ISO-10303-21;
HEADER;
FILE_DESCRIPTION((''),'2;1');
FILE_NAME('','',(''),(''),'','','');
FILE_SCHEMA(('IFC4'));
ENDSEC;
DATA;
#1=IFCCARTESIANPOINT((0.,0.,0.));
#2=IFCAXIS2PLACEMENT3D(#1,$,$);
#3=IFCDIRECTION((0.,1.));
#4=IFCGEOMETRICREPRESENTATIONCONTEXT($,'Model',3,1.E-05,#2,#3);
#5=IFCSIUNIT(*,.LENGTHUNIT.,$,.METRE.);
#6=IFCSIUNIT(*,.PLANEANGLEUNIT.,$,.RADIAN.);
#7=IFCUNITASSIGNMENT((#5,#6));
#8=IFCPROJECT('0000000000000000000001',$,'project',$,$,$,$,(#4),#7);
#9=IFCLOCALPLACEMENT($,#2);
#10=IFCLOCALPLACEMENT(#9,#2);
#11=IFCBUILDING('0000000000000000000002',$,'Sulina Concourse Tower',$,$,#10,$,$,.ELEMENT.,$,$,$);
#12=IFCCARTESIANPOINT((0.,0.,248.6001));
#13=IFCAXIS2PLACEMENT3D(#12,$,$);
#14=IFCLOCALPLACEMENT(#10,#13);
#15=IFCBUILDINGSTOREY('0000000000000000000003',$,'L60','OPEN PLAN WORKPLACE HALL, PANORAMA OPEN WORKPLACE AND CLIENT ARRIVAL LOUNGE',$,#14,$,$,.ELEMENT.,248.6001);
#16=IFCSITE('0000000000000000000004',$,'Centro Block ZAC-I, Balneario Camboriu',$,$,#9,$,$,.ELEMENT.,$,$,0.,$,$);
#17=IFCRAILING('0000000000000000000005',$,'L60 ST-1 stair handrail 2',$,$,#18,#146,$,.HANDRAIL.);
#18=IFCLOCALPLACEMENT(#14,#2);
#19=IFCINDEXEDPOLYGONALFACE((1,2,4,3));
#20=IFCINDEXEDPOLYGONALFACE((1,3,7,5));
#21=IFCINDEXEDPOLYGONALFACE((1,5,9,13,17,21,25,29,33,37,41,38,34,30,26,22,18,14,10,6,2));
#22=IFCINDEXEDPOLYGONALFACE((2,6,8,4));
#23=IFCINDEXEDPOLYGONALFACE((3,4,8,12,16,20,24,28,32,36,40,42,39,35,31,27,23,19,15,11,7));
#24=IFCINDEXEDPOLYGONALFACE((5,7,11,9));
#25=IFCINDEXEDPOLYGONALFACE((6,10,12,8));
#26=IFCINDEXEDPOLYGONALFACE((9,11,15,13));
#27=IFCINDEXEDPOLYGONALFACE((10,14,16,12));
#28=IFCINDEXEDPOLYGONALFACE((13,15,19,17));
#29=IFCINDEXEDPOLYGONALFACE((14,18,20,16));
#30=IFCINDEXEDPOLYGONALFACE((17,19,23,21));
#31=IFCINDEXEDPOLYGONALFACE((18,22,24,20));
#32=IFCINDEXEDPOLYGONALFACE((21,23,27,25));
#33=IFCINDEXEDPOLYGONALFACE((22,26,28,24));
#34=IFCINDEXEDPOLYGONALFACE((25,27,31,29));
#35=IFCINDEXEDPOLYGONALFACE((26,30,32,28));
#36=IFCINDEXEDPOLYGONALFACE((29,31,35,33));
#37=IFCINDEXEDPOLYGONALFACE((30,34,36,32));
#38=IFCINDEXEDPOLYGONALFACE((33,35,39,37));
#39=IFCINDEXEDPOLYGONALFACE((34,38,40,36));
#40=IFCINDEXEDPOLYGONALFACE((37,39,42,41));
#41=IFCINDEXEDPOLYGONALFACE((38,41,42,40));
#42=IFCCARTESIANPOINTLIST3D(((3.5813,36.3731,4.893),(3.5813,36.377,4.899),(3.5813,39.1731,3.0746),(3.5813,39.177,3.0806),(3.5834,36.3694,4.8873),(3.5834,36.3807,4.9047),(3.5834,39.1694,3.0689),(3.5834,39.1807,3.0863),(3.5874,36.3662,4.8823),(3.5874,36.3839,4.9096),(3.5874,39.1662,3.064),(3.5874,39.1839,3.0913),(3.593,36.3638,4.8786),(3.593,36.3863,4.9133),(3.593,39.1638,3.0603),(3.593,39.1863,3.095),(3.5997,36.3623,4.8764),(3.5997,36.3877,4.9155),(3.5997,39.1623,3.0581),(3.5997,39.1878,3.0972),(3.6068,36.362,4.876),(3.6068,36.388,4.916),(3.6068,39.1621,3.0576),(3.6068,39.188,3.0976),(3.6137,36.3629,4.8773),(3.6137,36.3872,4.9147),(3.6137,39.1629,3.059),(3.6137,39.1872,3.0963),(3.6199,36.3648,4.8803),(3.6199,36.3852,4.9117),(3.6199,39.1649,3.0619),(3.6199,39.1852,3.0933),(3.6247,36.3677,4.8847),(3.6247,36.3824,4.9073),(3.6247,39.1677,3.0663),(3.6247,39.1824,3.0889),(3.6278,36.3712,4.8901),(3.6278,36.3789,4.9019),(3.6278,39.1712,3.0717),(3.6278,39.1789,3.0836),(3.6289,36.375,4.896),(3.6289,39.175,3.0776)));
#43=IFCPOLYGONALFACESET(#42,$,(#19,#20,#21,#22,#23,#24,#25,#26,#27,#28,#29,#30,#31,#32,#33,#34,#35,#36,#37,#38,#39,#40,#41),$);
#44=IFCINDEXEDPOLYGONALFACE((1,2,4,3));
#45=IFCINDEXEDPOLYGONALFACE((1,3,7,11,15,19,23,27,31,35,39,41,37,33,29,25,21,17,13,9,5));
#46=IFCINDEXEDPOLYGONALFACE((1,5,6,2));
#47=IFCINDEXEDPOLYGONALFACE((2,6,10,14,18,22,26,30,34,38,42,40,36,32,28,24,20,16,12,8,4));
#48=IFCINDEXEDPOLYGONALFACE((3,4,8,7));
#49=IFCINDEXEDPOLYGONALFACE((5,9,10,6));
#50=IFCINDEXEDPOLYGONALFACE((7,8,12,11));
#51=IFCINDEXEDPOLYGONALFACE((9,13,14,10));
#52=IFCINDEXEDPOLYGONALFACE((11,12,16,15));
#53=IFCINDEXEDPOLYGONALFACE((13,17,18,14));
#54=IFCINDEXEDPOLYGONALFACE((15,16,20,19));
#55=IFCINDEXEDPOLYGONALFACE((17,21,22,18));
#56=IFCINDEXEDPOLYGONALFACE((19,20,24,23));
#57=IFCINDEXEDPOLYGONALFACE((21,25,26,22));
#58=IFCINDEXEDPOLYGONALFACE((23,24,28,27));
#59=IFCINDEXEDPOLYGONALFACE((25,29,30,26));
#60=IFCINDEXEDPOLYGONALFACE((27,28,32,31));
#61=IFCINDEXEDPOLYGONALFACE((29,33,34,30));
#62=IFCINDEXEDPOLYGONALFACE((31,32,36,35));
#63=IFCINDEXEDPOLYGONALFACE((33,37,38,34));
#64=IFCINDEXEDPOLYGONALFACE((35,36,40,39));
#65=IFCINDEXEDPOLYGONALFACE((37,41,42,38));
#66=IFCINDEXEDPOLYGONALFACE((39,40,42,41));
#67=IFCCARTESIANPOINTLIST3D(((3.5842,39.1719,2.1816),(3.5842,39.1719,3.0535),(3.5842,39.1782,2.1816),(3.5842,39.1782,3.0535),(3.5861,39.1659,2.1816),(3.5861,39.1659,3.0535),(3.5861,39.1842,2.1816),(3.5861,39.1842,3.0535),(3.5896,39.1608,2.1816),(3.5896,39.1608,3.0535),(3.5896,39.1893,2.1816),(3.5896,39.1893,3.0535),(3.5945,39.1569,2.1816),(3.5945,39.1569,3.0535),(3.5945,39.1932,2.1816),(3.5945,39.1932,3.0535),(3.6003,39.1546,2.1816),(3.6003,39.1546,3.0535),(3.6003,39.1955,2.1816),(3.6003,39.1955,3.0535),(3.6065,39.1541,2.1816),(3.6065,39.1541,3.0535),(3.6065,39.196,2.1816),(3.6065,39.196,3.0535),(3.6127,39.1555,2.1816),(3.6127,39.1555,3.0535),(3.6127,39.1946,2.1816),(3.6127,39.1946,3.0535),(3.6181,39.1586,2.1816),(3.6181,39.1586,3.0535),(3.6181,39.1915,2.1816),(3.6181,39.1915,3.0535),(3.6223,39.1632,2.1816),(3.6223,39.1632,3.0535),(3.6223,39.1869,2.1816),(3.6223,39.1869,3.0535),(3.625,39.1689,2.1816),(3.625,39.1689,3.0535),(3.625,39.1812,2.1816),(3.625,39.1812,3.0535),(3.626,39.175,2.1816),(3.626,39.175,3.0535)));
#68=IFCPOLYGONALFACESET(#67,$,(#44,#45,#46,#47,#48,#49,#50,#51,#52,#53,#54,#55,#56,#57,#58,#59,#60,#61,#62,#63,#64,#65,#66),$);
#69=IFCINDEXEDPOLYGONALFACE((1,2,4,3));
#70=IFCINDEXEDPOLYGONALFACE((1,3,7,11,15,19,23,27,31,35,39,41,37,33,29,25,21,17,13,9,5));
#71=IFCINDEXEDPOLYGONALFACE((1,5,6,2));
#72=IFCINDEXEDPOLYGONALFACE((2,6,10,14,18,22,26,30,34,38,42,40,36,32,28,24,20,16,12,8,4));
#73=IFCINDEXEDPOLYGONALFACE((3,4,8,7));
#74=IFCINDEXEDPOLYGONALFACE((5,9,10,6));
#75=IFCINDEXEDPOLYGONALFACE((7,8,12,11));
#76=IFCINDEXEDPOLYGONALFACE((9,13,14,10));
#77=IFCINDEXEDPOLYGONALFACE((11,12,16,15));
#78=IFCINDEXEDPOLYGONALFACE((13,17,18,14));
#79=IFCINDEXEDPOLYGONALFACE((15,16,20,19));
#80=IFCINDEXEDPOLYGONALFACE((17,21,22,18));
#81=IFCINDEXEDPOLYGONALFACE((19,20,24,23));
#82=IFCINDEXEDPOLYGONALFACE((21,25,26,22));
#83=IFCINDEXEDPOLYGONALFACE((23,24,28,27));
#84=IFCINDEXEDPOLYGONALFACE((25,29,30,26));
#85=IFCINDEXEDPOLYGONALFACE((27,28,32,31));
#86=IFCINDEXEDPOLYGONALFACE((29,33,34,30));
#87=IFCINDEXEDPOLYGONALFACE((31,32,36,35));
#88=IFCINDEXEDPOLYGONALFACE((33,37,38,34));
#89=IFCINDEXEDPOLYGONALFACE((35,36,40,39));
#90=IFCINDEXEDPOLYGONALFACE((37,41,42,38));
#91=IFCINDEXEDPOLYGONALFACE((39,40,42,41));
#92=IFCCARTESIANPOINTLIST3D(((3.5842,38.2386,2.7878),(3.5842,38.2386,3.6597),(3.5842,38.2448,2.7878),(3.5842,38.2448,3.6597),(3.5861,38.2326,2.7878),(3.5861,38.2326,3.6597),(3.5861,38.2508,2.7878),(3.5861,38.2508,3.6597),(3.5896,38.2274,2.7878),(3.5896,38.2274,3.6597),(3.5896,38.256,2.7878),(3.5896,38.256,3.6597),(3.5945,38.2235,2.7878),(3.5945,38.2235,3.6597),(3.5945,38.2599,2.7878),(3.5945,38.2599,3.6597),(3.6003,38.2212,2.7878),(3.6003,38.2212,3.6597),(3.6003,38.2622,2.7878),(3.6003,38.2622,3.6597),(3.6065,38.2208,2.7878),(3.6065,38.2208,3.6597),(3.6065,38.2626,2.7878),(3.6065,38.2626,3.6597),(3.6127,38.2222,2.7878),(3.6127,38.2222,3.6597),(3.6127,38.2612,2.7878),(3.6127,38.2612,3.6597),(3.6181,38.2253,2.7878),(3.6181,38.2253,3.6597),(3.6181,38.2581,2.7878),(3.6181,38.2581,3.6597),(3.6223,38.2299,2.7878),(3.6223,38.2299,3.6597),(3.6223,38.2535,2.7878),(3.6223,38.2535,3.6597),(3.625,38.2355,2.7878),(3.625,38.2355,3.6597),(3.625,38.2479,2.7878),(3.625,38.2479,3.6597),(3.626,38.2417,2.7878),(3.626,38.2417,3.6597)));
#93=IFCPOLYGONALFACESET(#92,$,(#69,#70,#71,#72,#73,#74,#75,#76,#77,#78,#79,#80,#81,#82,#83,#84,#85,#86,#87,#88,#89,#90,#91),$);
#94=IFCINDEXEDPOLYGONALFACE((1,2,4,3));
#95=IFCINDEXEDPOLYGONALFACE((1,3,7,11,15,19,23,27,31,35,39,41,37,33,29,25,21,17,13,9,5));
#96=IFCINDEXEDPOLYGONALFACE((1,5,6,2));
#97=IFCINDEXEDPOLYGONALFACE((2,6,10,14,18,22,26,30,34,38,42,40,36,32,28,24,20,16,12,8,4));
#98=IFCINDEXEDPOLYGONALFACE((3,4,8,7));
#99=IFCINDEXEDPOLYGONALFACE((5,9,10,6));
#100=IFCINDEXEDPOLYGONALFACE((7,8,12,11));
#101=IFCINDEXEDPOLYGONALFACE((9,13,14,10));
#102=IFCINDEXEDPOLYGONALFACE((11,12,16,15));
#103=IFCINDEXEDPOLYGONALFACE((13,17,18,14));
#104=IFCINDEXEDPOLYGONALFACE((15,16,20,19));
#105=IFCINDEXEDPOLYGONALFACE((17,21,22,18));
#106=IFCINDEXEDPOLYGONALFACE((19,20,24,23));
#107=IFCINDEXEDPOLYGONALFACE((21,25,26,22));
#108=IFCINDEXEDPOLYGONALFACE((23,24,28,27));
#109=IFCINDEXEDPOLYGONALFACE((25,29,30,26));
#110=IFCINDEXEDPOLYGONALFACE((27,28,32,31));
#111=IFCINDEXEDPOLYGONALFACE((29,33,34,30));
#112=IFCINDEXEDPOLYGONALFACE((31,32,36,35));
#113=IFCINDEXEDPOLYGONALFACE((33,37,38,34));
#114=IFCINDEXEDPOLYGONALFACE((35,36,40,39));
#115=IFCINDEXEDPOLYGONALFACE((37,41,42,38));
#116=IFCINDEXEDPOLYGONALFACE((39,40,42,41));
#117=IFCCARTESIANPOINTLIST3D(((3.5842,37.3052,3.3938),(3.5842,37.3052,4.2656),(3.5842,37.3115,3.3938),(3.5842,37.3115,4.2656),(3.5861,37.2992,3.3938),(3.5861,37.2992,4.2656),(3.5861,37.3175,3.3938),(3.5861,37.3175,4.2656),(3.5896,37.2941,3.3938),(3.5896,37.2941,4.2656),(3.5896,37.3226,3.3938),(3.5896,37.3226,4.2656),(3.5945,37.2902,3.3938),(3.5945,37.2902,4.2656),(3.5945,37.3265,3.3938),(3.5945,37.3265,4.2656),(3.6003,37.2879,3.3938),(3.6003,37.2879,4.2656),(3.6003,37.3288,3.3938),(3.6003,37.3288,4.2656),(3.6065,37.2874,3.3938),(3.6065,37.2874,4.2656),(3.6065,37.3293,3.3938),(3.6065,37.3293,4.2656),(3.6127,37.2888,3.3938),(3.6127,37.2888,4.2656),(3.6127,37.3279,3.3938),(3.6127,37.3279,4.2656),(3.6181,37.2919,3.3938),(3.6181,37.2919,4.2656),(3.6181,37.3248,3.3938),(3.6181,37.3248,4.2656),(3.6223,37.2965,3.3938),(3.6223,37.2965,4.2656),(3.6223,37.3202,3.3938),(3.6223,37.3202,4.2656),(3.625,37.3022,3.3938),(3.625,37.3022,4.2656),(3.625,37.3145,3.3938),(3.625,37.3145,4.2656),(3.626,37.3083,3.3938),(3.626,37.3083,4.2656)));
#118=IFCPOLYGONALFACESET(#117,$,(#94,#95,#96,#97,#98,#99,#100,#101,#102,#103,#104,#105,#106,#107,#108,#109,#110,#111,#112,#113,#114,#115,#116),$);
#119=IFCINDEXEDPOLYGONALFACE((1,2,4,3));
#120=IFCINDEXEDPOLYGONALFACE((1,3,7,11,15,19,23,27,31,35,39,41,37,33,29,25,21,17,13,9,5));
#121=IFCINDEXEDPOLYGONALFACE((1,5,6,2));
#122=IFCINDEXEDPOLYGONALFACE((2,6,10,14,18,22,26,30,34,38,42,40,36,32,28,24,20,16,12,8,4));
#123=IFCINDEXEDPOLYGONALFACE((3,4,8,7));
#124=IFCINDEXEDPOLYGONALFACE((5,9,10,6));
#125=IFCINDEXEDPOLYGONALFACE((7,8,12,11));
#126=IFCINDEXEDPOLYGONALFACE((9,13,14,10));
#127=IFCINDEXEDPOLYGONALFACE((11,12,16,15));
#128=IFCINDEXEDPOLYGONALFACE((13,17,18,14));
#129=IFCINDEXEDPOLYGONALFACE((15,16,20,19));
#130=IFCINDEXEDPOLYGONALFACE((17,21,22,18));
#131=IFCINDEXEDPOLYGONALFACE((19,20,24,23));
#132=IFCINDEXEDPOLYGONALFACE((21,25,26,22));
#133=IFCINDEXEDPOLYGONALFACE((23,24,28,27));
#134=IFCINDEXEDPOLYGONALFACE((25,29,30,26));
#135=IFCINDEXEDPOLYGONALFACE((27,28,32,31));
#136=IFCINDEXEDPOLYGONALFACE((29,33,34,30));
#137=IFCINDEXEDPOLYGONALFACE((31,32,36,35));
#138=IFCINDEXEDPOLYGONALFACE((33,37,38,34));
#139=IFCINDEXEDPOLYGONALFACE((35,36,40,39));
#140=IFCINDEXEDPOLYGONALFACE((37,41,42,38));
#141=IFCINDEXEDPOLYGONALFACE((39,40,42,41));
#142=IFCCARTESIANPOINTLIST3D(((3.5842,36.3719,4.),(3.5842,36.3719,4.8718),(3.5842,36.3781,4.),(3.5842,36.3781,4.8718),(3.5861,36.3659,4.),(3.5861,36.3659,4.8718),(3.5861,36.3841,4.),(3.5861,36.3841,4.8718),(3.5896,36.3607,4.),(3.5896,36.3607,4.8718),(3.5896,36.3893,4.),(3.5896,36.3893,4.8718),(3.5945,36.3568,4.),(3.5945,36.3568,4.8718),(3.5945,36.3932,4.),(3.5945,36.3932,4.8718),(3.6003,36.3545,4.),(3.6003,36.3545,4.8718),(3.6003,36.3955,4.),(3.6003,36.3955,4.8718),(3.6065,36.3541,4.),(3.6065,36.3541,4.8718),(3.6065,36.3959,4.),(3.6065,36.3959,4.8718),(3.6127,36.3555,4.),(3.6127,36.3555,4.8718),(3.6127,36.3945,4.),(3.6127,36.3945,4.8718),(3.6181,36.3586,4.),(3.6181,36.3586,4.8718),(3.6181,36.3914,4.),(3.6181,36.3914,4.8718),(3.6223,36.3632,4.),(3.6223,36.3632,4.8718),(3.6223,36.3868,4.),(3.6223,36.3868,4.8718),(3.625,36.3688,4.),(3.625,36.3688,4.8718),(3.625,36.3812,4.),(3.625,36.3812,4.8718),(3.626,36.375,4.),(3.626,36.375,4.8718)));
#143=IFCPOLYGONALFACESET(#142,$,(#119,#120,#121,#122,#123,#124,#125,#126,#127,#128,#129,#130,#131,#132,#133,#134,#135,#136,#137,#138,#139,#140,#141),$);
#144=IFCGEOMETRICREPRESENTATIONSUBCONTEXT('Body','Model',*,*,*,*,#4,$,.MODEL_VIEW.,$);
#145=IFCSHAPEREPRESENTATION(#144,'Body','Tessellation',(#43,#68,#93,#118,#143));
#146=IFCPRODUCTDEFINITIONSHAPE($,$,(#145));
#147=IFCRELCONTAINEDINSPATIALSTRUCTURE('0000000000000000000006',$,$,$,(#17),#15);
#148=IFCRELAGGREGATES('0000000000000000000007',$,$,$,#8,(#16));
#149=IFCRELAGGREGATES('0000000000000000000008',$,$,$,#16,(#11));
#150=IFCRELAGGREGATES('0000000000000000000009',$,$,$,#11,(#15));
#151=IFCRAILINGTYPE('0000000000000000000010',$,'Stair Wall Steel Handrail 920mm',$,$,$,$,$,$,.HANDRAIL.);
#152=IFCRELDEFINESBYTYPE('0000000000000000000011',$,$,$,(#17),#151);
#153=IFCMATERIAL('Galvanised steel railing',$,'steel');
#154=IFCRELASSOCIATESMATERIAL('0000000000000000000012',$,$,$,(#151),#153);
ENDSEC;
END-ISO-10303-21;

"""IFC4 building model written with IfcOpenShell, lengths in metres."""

from ifc_helpers import new_model, si_unit, direction, frame, origin, origin_2d, place, context, subcontext, project, spatial, circle, extrude, material, type_object, element, save


model = new_model("IFC4")

# Units and contexts
model_context = context("Model", 3, precision=1e-05, world=origin(), true_north=direction((0.0, 1.0)))
body_context = subcontext(model_context, "Body", "Model", "MODEL_VIEW")
ifc_project = project(units=[si_unit("LENGTHUNIT", "METRE"), si_unit("PLANEANGLEUNIT", "RADIAN")], contexts=[model_context])

# Site, building, storey
site_placement = place(None, origin())
site = spatial("IfcSite", under=ifc_project, at=site_placement, Name="Centro Block ZAC-I, Balneario Camboriu", CompositionType="ELEMENT", RefElevation=0.0)
building_placement = place(site_placement, origin())
building = spatial("IfcBuilding", under=site, at=building_placement, Name="Sulina Concourse Tower", CompositionType="ELEMENT")
storey_placement = place(building_placement, frame((0.0, 0.0, 248.6001)))
storey = spatial("IfcBuildingStorey", under=building, at=storey_placement, Name="L60", Description="OPEN PLAN WORKPLACE HALL, PANORAMA OPEN WORKPLACE AND CLIENT ARRIVAL LOUNGE", CompositionType="ELEMENT", Elevation=248.6001)

# Railing
ifc_material_1 = material(Name="Galvanised steel railing", Category="steel")
railing_type_1 = type_object("IfcRailingType", Name="Stair Wall Steel Handrail 920mm", PredefinedType="HANDRAIL", material=ifc_material_1)
railing_1_placement = place(storey_placement, frame((3.605, 39.175, 2.1816)))
element("IfcRailing", 1, at=railing_1_placement, inside=storey, type_object=railing_type_1, Name="L60 ST-1 stair handrail 2", PredefinedType="HANDRAIL", context=body_context, shape_type="SweptSolid", body=[
    extrude(circle(Radius=0.0239, at=origin_2d()), frame((0.0, 0.0, 0.896), z_axis=(0.0, -0.838672, 0.544636), x_axis=(1.0, 0.0, 0.0)), (0.0, 0.0, 1.0), 3.3386),
    extrude(circle(Radius=0.021, at=origin_2d()), origin(), (0.0, 0.0, 1.0), 0.8718),
    extrude(circle(Radius=0.021, at=origin_2d()), frame((0.0, -0.9333, 0.6062)), (0.0, 0.0, 1.0), 0.8718),
    extrude(circle(Radius=0.021, at=origin_2d()), frame((0.0, -1.8667, 1.2122)), (0.0, 0.0, 1.0), 0.8718),
    extrude(circle(Radius=0.021, at=origin_2d()), frame((0.0, -2.8, 1.8184)), (0.0, 0.0, 1.0), 0.8718),
])

save(model, "model.ifc")
